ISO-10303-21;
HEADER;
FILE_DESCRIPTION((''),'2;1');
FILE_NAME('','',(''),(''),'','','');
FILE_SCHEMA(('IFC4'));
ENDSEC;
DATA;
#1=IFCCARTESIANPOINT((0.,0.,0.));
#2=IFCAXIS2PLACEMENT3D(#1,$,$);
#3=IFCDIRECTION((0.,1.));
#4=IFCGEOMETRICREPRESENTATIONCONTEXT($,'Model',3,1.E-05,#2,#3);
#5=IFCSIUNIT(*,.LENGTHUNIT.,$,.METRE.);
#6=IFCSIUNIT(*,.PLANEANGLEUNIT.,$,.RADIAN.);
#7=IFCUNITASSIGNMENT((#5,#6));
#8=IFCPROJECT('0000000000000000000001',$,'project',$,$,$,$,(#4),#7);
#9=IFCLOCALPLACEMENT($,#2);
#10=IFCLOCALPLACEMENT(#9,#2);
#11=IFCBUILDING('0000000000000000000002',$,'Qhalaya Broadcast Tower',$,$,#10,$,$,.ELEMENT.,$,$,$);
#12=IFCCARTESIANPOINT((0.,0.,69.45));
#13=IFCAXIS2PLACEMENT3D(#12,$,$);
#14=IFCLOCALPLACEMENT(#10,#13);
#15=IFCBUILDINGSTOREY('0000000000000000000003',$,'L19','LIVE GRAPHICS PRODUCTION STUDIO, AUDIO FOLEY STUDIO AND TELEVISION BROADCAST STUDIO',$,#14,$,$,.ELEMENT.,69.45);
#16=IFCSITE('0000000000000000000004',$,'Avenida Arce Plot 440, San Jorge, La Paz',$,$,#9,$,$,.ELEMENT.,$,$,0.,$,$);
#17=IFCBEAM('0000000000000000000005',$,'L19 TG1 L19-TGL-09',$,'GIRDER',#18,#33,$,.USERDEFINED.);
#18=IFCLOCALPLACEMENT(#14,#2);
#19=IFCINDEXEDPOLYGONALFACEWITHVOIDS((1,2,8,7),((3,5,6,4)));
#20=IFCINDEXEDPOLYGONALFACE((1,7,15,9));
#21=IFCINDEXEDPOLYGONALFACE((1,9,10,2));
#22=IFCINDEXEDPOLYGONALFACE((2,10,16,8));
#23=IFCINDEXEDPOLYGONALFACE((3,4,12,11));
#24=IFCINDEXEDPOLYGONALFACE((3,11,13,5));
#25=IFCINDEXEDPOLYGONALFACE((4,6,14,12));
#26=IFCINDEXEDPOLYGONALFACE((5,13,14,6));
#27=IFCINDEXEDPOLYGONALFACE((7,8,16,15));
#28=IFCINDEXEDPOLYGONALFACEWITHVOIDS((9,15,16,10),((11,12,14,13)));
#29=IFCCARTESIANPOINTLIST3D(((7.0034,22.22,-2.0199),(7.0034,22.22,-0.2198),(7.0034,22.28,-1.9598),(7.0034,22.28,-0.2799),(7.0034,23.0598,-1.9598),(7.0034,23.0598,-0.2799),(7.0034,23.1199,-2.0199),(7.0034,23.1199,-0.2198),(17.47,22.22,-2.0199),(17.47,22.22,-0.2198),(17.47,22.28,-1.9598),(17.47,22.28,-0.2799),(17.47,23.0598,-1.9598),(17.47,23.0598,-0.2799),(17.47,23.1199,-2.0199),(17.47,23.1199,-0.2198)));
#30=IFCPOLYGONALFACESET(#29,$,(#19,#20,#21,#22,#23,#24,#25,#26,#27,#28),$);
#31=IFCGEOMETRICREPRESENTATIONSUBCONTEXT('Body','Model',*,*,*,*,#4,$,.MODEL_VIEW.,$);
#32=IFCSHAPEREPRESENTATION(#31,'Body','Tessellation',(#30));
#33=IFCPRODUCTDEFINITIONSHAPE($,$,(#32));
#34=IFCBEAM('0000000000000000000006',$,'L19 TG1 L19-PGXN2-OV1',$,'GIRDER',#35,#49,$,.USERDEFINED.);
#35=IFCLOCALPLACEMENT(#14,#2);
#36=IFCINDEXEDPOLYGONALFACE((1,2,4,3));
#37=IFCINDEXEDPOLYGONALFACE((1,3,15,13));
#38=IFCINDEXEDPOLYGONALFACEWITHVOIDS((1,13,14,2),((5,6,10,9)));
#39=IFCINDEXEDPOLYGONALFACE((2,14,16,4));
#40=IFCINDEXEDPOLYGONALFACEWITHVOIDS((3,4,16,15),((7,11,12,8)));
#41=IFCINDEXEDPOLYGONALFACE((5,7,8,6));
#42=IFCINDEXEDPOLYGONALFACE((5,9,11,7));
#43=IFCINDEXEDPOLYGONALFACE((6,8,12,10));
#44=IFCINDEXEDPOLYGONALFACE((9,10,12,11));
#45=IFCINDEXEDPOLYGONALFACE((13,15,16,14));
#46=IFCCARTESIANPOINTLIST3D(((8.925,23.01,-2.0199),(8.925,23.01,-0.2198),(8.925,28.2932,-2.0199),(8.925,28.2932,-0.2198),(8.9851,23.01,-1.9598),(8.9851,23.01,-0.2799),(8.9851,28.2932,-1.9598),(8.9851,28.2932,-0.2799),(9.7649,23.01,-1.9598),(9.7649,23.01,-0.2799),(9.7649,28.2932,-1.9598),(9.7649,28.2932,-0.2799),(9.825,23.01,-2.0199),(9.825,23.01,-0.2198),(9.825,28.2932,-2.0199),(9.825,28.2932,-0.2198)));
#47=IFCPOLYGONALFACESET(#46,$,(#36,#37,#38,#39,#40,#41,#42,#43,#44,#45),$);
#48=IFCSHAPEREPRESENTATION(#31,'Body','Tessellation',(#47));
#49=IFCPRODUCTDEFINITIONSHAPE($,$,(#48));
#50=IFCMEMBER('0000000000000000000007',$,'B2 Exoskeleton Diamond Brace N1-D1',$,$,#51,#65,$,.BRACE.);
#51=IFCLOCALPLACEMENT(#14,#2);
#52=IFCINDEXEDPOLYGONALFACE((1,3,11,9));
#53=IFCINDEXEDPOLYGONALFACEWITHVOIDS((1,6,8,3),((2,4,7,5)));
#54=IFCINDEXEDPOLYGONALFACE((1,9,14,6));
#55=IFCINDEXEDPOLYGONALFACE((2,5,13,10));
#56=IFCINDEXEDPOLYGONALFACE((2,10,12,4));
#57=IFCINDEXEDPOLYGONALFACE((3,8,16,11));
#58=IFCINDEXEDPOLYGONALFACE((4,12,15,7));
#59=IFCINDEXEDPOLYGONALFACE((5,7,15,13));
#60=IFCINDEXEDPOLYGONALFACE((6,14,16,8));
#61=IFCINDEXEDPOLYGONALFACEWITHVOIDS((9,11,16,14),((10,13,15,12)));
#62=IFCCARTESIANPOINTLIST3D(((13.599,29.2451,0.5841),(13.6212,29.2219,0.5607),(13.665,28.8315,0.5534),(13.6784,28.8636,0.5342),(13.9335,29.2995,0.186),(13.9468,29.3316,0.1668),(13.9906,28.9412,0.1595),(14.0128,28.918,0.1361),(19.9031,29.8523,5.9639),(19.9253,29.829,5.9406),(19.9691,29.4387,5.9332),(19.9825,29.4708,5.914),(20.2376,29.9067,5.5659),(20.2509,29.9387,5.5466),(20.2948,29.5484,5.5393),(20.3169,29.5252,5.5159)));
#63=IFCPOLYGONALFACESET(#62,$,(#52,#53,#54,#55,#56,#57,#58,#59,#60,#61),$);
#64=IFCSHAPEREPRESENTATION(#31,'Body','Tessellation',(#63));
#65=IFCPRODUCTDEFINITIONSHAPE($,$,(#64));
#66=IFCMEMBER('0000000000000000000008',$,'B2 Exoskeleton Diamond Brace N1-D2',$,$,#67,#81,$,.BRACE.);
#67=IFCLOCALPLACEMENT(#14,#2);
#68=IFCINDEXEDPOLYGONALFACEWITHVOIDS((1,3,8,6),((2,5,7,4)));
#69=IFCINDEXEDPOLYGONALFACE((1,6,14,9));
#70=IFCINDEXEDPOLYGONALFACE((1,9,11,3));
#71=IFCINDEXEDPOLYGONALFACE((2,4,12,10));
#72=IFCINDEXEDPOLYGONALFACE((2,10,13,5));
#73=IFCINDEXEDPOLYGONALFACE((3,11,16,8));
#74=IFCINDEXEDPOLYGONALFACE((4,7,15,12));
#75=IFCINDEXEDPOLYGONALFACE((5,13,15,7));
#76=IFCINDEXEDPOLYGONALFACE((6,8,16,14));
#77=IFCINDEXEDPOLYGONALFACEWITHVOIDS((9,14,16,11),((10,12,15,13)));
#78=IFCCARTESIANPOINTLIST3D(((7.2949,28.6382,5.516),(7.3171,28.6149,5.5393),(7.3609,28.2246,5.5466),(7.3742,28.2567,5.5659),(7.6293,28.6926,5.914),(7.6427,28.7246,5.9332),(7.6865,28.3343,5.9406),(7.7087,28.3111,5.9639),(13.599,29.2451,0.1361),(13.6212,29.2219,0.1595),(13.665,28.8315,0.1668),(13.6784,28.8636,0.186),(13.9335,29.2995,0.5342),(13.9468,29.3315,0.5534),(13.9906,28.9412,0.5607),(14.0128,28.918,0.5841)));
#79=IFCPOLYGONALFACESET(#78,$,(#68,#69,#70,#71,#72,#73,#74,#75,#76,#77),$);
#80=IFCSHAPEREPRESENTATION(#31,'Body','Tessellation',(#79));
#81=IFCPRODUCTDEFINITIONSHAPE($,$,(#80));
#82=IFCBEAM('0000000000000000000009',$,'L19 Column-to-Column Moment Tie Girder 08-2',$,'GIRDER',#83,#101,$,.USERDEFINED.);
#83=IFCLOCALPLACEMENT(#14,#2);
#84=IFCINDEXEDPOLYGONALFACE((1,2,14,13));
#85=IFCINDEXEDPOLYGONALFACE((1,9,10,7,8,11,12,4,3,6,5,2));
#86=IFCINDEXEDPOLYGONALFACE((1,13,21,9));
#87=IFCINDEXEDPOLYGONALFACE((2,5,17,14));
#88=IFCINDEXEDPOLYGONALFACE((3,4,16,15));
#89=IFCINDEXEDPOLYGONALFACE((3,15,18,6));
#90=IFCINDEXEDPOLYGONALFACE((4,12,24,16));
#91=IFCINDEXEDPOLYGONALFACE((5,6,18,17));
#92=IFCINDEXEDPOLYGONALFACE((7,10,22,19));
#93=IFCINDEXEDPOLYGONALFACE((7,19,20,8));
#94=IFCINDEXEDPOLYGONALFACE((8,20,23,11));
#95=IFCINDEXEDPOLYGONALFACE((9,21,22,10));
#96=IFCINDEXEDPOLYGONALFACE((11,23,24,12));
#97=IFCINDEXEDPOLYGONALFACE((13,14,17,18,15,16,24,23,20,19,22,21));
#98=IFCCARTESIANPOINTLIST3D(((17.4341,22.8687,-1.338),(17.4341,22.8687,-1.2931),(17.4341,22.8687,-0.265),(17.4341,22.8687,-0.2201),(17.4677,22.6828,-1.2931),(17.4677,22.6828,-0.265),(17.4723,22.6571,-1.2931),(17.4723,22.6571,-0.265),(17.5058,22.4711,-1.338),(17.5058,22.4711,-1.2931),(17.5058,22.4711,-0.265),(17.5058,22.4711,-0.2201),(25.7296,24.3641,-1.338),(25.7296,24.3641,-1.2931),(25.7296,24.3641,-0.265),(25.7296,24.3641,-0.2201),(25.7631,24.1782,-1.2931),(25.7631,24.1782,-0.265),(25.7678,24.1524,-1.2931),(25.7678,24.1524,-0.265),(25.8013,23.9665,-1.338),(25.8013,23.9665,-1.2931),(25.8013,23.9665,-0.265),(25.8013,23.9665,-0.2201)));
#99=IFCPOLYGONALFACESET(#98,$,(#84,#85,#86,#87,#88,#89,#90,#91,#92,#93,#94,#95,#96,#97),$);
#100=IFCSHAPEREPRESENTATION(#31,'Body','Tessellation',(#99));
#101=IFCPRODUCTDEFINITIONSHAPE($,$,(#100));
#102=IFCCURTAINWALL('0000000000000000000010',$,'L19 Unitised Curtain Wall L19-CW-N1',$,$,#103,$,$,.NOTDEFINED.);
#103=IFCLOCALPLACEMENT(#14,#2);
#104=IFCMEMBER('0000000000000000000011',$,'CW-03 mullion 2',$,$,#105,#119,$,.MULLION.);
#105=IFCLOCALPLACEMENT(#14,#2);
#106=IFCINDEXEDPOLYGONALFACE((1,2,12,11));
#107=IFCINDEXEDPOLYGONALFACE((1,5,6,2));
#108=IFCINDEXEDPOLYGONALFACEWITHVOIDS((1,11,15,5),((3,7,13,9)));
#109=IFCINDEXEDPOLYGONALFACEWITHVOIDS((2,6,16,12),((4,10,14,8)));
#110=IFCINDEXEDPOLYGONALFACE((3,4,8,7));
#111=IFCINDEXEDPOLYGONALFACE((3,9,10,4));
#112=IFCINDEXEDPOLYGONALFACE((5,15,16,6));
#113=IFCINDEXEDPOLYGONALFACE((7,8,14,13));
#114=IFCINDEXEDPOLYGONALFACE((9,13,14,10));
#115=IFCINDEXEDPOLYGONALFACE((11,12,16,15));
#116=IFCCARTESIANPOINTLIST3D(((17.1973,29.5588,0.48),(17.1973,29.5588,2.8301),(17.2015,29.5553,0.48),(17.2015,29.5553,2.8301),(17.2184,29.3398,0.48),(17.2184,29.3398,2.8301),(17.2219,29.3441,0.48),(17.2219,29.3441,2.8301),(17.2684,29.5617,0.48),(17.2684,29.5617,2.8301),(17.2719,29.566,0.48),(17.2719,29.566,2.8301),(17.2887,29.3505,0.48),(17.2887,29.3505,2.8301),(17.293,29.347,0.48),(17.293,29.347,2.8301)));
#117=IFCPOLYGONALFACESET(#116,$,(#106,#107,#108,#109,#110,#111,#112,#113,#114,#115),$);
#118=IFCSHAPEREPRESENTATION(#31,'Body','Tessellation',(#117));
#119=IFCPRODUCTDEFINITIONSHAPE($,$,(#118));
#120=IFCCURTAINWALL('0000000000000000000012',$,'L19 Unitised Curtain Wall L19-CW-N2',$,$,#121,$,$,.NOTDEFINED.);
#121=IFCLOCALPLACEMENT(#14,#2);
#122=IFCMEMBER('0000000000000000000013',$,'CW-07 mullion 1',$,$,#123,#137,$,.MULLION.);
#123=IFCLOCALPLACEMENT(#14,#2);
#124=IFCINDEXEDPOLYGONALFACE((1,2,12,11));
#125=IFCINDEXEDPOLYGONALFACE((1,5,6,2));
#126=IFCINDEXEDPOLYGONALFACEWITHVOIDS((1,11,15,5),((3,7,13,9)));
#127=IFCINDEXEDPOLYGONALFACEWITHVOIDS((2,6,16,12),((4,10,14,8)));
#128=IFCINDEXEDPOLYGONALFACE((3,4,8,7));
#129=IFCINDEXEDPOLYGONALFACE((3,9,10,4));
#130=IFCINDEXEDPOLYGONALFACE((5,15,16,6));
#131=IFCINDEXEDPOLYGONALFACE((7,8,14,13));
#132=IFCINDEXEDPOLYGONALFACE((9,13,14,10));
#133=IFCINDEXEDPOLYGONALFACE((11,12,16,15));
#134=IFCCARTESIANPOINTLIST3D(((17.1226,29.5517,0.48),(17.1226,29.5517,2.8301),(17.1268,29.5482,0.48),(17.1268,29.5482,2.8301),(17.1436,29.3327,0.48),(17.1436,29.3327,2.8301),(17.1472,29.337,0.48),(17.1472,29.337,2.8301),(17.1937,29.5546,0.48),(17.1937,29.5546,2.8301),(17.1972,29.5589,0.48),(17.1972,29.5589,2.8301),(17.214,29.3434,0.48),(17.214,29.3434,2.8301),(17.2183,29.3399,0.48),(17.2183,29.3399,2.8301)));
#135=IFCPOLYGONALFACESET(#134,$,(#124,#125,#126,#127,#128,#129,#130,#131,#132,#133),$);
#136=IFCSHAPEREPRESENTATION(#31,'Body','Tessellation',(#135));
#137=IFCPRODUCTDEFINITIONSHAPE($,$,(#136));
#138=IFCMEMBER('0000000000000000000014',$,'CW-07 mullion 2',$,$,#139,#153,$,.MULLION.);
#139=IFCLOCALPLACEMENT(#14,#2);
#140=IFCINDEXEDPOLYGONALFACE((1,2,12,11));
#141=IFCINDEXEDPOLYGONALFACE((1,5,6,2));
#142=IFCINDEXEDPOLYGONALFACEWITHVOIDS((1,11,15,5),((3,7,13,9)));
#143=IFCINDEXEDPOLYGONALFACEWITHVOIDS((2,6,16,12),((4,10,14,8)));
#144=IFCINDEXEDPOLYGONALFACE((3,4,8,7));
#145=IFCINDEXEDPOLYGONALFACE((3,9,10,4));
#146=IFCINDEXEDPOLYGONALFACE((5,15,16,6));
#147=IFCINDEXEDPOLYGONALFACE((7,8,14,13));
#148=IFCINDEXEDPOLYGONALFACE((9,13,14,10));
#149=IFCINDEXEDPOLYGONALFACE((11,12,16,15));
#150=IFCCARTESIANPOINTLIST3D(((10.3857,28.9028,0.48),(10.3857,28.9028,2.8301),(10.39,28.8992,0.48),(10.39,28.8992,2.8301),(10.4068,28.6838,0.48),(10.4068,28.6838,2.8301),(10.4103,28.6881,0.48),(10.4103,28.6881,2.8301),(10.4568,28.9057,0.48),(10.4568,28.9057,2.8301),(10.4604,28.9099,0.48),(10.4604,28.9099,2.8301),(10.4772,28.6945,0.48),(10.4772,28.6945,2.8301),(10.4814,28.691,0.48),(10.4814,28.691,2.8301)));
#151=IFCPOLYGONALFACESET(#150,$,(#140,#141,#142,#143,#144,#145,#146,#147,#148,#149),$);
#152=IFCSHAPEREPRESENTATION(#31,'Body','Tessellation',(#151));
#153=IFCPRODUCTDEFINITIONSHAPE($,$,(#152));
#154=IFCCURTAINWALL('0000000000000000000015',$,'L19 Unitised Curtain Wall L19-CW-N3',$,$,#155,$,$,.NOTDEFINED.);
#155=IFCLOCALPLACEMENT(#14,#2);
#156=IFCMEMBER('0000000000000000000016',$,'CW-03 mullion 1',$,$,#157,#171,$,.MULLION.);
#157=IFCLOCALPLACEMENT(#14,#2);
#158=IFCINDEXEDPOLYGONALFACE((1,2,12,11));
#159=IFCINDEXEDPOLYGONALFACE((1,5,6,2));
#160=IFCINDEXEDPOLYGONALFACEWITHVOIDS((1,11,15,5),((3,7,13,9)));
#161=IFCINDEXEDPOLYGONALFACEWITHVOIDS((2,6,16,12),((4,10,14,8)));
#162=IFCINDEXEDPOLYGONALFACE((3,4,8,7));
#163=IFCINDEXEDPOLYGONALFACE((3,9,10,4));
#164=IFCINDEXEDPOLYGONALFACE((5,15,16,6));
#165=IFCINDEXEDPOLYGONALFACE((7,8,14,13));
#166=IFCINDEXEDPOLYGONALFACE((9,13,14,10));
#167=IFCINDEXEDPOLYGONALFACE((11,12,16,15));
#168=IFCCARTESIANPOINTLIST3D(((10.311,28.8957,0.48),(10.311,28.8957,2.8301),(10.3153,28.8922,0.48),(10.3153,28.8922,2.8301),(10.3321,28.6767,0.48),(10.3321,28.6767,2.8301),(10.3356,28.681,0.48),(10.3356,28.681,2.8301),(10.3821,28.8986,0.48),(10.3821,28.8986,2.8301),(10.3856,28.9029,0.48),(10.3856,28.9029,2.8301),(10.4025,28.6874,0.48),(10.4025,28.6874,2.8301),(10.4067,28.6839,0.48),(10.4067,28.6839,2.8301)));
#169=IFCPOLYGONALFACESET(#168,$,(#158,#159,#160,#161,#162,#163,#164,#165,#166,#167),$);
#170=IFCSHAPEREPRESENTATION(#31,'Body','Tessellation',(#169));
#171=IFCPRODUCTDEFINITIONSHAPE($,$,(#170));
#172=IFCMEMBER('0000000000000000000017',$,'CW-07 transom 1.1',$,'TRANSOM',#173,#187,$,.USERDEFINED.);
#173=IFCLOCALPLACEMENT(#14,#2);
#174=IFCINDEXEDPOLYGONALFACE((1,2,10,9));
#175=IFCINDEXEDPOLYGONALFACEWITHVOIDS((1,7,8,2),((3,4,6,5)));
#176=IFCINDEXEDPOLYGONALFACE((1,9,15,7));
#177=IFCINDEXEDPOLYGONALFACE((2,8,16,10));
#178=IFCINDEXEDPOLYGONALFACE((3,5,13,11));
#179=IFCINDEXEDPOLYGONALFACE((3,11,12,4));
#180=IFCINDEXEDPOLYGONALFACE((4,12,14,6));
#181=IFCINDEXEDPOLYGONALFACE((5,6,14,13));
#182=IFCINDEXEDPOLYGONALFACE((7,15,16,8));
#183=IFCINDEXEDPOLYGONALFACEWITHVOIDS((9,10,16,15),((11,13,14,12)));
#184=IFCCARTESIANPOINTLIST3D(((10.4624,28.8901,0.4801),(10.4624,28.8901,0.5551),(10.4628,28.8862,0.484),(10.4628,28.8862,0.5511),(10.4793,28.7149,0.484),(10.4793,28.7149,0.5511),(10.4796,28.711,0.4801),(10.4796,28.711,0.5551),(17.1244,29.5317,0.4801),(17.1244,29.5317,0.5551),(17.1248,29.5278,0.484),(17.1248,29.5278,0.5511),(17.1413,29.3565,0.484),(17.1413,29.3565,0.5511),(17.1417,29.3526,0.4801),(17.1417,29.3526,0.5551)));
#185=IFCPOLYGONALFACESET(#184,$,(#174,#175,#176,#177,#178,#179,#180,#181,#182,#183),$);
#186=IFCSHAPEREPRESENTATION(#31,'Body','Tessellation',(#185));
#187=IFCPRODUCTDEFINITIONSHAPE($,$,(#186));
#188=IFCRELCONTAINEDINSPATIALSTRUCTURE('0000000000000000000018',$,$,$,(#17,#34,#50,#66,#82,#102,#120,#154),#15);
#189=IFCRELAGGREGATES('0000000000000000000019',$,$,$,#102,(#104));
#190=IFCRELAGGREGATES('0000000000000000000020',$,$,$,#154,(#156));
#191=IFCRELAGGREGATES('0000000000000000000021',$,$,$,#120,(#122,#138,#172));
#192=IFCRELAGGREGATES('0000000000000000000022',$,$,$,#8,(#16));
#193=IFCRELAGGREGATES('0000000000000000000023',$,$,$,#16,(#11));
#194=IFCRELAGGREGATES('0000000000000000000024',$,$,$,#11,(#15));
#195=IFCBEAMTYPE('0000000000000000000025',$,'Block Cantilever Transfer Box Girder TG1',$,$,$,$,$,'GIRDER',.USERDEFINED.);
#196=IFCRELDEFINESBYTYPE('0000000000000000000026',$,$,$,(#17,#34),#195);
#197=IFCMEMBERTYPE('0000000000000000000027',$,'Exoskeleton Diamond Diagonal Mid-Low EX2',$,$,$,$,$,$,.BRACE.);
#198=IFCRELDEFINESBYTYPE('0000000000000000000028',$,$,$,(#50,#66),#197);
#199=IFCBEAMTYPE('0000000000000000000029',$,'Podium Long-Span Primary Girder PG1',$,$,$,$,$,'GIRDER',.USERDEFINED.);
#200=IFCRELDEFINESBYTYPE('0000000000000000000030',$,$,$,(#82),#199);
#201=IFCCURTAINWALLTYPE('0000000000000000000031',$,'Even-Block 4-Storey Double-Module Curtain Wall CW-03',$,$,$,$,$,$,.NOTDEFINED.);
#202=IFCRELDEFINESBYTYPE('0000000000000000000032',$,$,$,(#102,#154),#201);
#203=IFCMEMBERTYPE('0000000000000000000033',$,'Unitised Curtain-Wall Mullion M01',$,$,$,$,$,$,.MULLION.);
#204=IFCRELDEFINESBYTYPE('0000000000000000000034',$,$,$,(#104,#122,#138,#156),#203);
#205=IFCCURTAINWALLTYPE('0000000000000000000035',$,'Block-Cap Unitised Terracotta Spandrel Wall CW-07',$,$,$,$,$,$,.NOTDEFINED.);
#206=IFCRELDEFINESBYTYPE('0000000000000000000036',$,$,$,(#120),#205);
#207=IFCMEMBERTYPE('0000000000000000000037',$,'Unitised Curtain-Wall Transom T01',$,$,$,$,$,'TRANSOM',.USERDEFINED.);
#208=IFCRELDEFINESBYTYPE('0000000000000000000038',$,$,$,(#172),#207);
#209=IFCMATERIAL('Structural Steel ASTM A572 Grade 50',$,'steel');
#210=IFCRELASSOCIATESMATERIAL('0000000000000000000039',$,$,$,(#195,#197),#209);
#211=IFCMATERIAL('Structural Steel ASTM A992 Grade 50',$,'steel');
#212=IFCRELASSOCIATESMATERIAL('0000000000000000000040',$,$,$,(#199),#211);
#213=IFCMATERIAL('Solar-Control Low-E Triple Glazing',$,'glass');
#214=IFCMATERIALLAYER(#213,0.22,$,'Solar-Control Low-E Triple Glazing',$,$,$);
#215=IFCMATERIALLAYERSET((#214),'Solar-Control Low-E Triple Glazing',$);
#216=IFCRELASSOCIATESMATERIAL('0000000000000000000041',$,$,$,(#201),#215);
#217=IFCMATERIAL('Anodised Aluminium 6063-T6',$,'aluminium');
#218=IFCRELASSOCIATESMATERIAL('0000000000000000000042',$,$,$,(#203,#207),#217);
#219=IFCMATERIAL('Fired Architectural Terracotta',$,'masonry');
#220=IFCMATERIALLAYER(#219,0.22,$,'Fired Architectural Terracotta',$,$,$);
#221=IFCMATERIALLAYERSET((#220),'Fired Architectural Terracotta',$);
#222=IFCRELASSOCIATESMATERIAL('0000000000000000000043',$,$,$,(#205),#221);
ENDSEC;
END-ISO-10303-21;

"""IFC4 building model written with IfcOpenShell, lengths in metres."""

from ifc_helpers import new_model, si_unit, direction, frame, origin, origin_2d, place, context, subcontext, project, spatial, hollow_rectangle, i_section, extrude, material, layer, layer_set, material_profile, profile_set, type_object, element, aggregate, save


model = new_model("IFC4")

# Units and contexts
model_context = context("Model", 3, precision=1e-05, world=origin(), true_north=direction((0.0, 1.0)))
body_context = subcontext(model_context, "Body", "Model", "MODEL_VIEW")
ifc_project = project(units=[si_unit("LENGTHUNIT", "METRE"), si_unit("PLANEANGLEUNIT", "RADIAN")], contexts=[model_context])

# Site, building, storey
site_placement = place(None, origin())
site = spatial("IfcSite", under=ifc_project, at=site_placement, Name="Avenida Arce Plot 440, San Jorge, La Paz", CompositionType="ELEMENT", RefElevation=0.0)
building_placement = place(site_placement, origin())
building = spatial("IfcBuilding", under=site, at=building_placement, Name="Qhalaya Broadcast Tower", CompositionType="ELEMENT")
storey_placement = place(building_placement, frame((0.0, 0.0, 69.45)))
storey = spatial("IfcBuildingStorey", under=building, at=storey_placement, Name="L19", Description="LIVE GRAPHICS PRODUCTION STUDIO, AUDIO FOLEY STUDIO AND TELEVISION BROADCAST STUDIO", CompositionType="ELEMENT", Elevation=69.45)

# Beams
ifc_material_1 = material(Name="Structural Steel ASTM A572 Grade 50", Category="steel")
ifc_material_profile_1 = material_profile(ifc_material_1, hollow_rectangle(XDim=0.8999, YDim=1.8, WallThickness=0.0601, at=origin_2d()), Name="BOX 900x1800x60")
ifc_profile_set_1 = profile_set([ifc_material_profile_1], Name="Structural Steel ASTM A572 Grade 50")
beam_type_1 = type_object("IfcBeamType", Name="Block Cantilever Transfer Box Girder TG1", ElementType="GIRDER", PredefinedType="USERDEFINED", material=ifc_profile_set_1)
beam_1_placement = place(storey_placement, frame((17.47, 22.6699, -1.1199), z_axis=(-1.0, 0.0, 0.0), x_axis=(0.0, -1.0, 0.0)))
element("IfcBeam", 1, at=beam_1_placement, inside=storey, type_object=beam_type_1, Name="L19 TG1 L19-TGL-09", ObjectType="GIRDER", PredefinedType="USERDEFINED", context=body_context, shape_type="SweptSolid", body=[
    extrude(hollow_rectangle(XDim=0.8999, YDim=1.8, WallThickness=0.0601, at=origin_2d()), origin(), (0.0, 0.0, 1.0), 10.4666),
])
beam_2_placement = place(storey_placement, frame((9.375, 23.01, -1.1199), z_axis=(0.0, 1.0, 0.0), x_axis=(-1.0, 0.0, 0.0)))
element("IfcBeam", 2, at=beam_2_placement, inside=storey, type_object=beam_type_1, Name="L19 TG1 L19-PGXN2-OV1", ObjectType="GIRDER", PredefinedType="USERDEFINED", context=body_context, shape_type="SweptSolid", body=[
    extrude(hollow_rectangle(XDim=0.8999, YDim=1.8, WallThickness=0.0601, at=origin_2d()), origin(), (0.0, 0.0, 1.0), 5.2832),
])

# Members
ifc_material_profile_2 = material_profile(ifc_material_1, hollow_rectangle(XDim=0.4199, YDim=0.55, WallThickness=0.0281, at=origin_2d()), Name="BOX 420x550x28")
ifc_profile_set_2 = profile_set([ifc_material_profile_2], Name="Structural Steel ASTM A572 Grade 50")
member_type_1 = type_object("IfcMemberType", Name="Exoskeleton Diamond Diagonal Mid-Low EX2", PredefinedType="BRACE", material=ifc_profile_set_2)
for number, where, z_axis, x_axis, name in (
    (3, (13.8059, 29.0815, 0.3601), (0.758636, 0.073067, 0.647405), (-0.157193, 0.984862, 0.073048), "B2 Exoskeleton Diamond Brace N1-D1"),
    (4, (13.8059, 29.0815, 0.3601), (-0.758637, -0.073037, 0.647406), (0.157156, -0.984869, 0.073048), "B2 Exoskeleton Diamond Brace N1-D2"),
):
    element("IfcMember", number, at=place(storey_placement, frame(where, z_axis=z_axis, x_axis=x_axis)), inside=storey, type_object=member_type_1, Name=name, PredefinedType="BRACE", context=body_context, shape_type="SweptSolid", body=[
        extrude(hollow_rectangle(XDim=0.4199, YDim=0.55, WallThickness=0.0281, at=origin_2d()), origin(), (0.0, 0.0, 1.0), 8.3098),
    ])

# Beam
ifc_material_2 = material(Name="Structural Steel ASTM A992 Grade 50", Category="steel")
ifc_material_profile_3 = material_profile(ifc_material_2, i_section(OverallWidth=0.4041, OverallDepth=1.1179, WebThickness=0.0261, FlangeThickness=0.0449, at=origin_2d()), Name="W44X335")
ifc_profile_set_3 = profile_set([ifc_material_profile_3], Name="Structural Steel ASTM A992 Grade 50")
beam_type_2 = type_object("IfcBeamType", Name="Podium Long-Span Primary Girder PG1", ElementType="GIRDER", PredefinedType="USERDEFINED", material=ifc_profile_set_3)
beam_3_placement = place(storey_placement, frame((17.47, 22.6699, -0.7791), z_axis=(0.984138, 0.177404, 0.0), x_axis=(-0.177404, 0.984138, 0.0)))
element("IfcBeam", 5, at=beam_3_placement, inside=storey, type_object=beam_type_2, Name="L19 Column-to-Column Moment Tie Girder 08-2", ObjectType="GIRDER", PredefinedType="USERDEFINED", context=body_context, shape_type="SweptSolid", body=[
    extrude(i_section(OverallWidth=0.4041, OverallDepth=1.1179, WebThickness=0.0261, FlangeThickness=0.0449, at=origin_2d()), origin(), (0.0, 0.0, 1.0), 8.4292),
])

# Curtain wall, member
ifc_material_3 = material(Name="Solar-Control Low-E Triple Glazing", Category="glass")
ifc_layer_1 = layer(ifc_material_3, 0.22, Name="Solar-Control Low-E Triple Glazing")
ifc_layer_set_1 = layer_set([ifc_layer_1], Name="Solar-Control Low-E Triple Glazing")
curtain_wall_type_1 = type_object("IfcCurtainWallType", Name="Even-Block 4-Storey Double-Module Curtain Wall CW-03", PredefinedType="NOTDEFINED", material=ifc_layer_set_1)
curtain_wall_1_placement = place(storey_placement, origin())
curtain_wall_1 = element("IfcCurtainWall", 6, at=curtain_wall_1_placement, inside=storey, type_object=curtain_wall_type_1, Name="L19 Unitised Curtain Wall L19-CW-N1", PredefinedType="NOTDEFINED")
ifc_material_4 = material(Name="Anodised Aluminium 6063-T6", Category="aluminium")
ifc_material_profile_4 = material_profile(ifc_material_4, hollow_rectangle(XDim=0.075, YDim=0.22, WallThickness=0.0039, at=origin_2d()), Name="ALU-MUL 75x220x4")
ifc_profile_set_4 = profile_set([ifc_material_profile_4], Name="Anodised Aluminium 6063-T6")
member_type_2 = type_object("IfcMemberType", Name="Unitised Curtain-Wall Mullion M01", PredefinedType="MULLION", material=ifc_profile_set_4)
member_1_placement = place(storey_placement, frame((17.2451, 29.4529, 0.48), z_axis=(0.0, 0.0, 1.0), x_axis=(-0.995396, -0.095851, 0.0)))
member_1 = element("IfcMember", 7, at=member_1_placement, type_object=member_type_2, Name="CW-03 mullion 2", PredefinedType="MULLION", context=body_context, shape_type="SweptSolid", body=[
    extrude(hollow_rectangle(XDim=0.075, YDim=0.22, WallThickness=0.0039, at=origin_2d()), origin(), (0.0, 0.0, 1.0), 2.3501),
])
aggregate(curtain_wall_1, [member_1])

# Curtain wall, members
ifc_material_5 = material(Name="Fired Architectural Terracotta", Category="masonry")
ifc_layer_2 = layer(ifc_material_5, 0.22, Name="Fired Architectural Terracotta")
ifc_layer_set_2 = layer_set([ifc_layer_2], Name="Fired Architectural Terracotta")
curtain_wall_type_2 = type_object("IfcCurtainWallType", Name="Block-Cap Unitised Terracotta Spandrel Wall CW-07", PredefinedType="NOTDEFINED", material=ifc_layer_set_2)
curtain_wall_2_placement = place(storey_placement, origin())
curtain_wall_2 = element("IfcCurtainWall", 8, at=curtain_wall_2_placement, inside=storey, type_object=curtain_wall_type_2, Name="L19 Unitised Curtain Wall L19-CW-N2", PredefinedType="NOTDEFINED")
member_2_placement = place(storey_placement, frame((17.1704, 29.4458, 0.48), z_axis=(0.0, 0.0, 1.0), x_axis=(-0.995396, -0.09585, 0.0)))
member_2 = element("IfcMember", 9, at=member_2_placement, type_object=member_type_2, Name="CW-07 mullion 1", PredefinedType="MULLION", context=body_context, shape_type="SweptSolid", body=[
    extrude(hollow_rectangle(XDim=0.075, YDim=0.22, WallThickness=0.0039, at=origin_2d()), origin(), (0.0, 0.0, 1.0), 2.3501),
])
member_3_placement = place(storey_placement, frame((10.4336, 28.7969, 0.48), z_axis=(0.0, 0.0, 1.0), x_axis=(-0.995396, -0.09585, 0.0)))
member_3 = element("IfcMember", 10, at=member_3_placement, type_object=member_type_2, Name="CW-07 mullion 2", PredefinedType="MULLION", context=body_context, shape_type="SweptSolid", body=[
    extrude(hollow_rectangle(XDim=0.075, YDim=0.22, WallThickness=0.0039, at=origin_2d()), origin(), (0.0, 0.0, 1.0), 2.3501),
])

# Curtain wall, member
curtain_wall_3_placement = place(storey_placement, origin())
curtain_wall_3 = element("IfcCurtainWall", 11, at=curtain_wall_3_placement, inside=storey, type_object=curtain_wall_type_1, Name="L19 Unitised Curtain Wall L19-CW-N3", PredefinedType="NOTDEFINED")
member_4_placement = place(storey_placement, frame((10.3589, 28.7898, 0.48), z_axis=(0.0, 0.0, 1.0), x_axis=(-0.995396, -0.095844, 0.0)))
member_4 = element("IfcMember", 12, at=member_4_placement, type_object=member_type_2, Name="CW-03 mullion 1", PredefinedType="MULLION", context=body_context, shape_type="SweptSolid", body=[
    extrude(hollow_rectangle(XDim=0.075, YDim=0.22, WallThickness=0.0039, at=origin_2d()), origin(), (0.0, 0.0, 1.0), 2.3501),
])

# Member
ifc_material_profile_5 = material_profile(ifc_material_4, hollow_rectangle(XDim=0.075, YDim=0.1799, WallThickness=0.0039, at=origin_2d()), Name="ALU-TRN 75x180x4")
ifc_profile_set_5 = profile_set([ifc_material_profile_5], Name="Anodised Aluminium 6063-T6")
member_type_3 = type_object("IfcMemberType", Name="Unitised Curtain-Wall Transom T01", ElementType="TRANSOM", PredefinedType="USERDEFINED", material=ifc_profile_set_5)
member_5_placement = place(storey_placement, frame((17.1331, 29.4421, 0.5176), z_axis=(-0.995395, -0.095863, 0.0), x_axis=(0.0, 0.0, 1.0)))
member_5 = element("IfcMember", 13, at=member_5_placement, type_object=member_type_3, Name="CW-07 transom 1.1", ObjectType="TRANSOM", PredefinedType="USERDEFINED", context=body_context, shape_type="SweptSolid", body=[
    extrude(hollow_rectangle(XDim=0.075, YDim=0.1799, WallThickness=0.0039, at=origin_2d()), origin(), (0.0, 0.0, 1.0), 6.6929),
])
aggregate(curtain_wall_3, [member_4])

aggregate(curtain_wall_2, [member_2, member_3, member_5])

save(model, "model.ifc")
